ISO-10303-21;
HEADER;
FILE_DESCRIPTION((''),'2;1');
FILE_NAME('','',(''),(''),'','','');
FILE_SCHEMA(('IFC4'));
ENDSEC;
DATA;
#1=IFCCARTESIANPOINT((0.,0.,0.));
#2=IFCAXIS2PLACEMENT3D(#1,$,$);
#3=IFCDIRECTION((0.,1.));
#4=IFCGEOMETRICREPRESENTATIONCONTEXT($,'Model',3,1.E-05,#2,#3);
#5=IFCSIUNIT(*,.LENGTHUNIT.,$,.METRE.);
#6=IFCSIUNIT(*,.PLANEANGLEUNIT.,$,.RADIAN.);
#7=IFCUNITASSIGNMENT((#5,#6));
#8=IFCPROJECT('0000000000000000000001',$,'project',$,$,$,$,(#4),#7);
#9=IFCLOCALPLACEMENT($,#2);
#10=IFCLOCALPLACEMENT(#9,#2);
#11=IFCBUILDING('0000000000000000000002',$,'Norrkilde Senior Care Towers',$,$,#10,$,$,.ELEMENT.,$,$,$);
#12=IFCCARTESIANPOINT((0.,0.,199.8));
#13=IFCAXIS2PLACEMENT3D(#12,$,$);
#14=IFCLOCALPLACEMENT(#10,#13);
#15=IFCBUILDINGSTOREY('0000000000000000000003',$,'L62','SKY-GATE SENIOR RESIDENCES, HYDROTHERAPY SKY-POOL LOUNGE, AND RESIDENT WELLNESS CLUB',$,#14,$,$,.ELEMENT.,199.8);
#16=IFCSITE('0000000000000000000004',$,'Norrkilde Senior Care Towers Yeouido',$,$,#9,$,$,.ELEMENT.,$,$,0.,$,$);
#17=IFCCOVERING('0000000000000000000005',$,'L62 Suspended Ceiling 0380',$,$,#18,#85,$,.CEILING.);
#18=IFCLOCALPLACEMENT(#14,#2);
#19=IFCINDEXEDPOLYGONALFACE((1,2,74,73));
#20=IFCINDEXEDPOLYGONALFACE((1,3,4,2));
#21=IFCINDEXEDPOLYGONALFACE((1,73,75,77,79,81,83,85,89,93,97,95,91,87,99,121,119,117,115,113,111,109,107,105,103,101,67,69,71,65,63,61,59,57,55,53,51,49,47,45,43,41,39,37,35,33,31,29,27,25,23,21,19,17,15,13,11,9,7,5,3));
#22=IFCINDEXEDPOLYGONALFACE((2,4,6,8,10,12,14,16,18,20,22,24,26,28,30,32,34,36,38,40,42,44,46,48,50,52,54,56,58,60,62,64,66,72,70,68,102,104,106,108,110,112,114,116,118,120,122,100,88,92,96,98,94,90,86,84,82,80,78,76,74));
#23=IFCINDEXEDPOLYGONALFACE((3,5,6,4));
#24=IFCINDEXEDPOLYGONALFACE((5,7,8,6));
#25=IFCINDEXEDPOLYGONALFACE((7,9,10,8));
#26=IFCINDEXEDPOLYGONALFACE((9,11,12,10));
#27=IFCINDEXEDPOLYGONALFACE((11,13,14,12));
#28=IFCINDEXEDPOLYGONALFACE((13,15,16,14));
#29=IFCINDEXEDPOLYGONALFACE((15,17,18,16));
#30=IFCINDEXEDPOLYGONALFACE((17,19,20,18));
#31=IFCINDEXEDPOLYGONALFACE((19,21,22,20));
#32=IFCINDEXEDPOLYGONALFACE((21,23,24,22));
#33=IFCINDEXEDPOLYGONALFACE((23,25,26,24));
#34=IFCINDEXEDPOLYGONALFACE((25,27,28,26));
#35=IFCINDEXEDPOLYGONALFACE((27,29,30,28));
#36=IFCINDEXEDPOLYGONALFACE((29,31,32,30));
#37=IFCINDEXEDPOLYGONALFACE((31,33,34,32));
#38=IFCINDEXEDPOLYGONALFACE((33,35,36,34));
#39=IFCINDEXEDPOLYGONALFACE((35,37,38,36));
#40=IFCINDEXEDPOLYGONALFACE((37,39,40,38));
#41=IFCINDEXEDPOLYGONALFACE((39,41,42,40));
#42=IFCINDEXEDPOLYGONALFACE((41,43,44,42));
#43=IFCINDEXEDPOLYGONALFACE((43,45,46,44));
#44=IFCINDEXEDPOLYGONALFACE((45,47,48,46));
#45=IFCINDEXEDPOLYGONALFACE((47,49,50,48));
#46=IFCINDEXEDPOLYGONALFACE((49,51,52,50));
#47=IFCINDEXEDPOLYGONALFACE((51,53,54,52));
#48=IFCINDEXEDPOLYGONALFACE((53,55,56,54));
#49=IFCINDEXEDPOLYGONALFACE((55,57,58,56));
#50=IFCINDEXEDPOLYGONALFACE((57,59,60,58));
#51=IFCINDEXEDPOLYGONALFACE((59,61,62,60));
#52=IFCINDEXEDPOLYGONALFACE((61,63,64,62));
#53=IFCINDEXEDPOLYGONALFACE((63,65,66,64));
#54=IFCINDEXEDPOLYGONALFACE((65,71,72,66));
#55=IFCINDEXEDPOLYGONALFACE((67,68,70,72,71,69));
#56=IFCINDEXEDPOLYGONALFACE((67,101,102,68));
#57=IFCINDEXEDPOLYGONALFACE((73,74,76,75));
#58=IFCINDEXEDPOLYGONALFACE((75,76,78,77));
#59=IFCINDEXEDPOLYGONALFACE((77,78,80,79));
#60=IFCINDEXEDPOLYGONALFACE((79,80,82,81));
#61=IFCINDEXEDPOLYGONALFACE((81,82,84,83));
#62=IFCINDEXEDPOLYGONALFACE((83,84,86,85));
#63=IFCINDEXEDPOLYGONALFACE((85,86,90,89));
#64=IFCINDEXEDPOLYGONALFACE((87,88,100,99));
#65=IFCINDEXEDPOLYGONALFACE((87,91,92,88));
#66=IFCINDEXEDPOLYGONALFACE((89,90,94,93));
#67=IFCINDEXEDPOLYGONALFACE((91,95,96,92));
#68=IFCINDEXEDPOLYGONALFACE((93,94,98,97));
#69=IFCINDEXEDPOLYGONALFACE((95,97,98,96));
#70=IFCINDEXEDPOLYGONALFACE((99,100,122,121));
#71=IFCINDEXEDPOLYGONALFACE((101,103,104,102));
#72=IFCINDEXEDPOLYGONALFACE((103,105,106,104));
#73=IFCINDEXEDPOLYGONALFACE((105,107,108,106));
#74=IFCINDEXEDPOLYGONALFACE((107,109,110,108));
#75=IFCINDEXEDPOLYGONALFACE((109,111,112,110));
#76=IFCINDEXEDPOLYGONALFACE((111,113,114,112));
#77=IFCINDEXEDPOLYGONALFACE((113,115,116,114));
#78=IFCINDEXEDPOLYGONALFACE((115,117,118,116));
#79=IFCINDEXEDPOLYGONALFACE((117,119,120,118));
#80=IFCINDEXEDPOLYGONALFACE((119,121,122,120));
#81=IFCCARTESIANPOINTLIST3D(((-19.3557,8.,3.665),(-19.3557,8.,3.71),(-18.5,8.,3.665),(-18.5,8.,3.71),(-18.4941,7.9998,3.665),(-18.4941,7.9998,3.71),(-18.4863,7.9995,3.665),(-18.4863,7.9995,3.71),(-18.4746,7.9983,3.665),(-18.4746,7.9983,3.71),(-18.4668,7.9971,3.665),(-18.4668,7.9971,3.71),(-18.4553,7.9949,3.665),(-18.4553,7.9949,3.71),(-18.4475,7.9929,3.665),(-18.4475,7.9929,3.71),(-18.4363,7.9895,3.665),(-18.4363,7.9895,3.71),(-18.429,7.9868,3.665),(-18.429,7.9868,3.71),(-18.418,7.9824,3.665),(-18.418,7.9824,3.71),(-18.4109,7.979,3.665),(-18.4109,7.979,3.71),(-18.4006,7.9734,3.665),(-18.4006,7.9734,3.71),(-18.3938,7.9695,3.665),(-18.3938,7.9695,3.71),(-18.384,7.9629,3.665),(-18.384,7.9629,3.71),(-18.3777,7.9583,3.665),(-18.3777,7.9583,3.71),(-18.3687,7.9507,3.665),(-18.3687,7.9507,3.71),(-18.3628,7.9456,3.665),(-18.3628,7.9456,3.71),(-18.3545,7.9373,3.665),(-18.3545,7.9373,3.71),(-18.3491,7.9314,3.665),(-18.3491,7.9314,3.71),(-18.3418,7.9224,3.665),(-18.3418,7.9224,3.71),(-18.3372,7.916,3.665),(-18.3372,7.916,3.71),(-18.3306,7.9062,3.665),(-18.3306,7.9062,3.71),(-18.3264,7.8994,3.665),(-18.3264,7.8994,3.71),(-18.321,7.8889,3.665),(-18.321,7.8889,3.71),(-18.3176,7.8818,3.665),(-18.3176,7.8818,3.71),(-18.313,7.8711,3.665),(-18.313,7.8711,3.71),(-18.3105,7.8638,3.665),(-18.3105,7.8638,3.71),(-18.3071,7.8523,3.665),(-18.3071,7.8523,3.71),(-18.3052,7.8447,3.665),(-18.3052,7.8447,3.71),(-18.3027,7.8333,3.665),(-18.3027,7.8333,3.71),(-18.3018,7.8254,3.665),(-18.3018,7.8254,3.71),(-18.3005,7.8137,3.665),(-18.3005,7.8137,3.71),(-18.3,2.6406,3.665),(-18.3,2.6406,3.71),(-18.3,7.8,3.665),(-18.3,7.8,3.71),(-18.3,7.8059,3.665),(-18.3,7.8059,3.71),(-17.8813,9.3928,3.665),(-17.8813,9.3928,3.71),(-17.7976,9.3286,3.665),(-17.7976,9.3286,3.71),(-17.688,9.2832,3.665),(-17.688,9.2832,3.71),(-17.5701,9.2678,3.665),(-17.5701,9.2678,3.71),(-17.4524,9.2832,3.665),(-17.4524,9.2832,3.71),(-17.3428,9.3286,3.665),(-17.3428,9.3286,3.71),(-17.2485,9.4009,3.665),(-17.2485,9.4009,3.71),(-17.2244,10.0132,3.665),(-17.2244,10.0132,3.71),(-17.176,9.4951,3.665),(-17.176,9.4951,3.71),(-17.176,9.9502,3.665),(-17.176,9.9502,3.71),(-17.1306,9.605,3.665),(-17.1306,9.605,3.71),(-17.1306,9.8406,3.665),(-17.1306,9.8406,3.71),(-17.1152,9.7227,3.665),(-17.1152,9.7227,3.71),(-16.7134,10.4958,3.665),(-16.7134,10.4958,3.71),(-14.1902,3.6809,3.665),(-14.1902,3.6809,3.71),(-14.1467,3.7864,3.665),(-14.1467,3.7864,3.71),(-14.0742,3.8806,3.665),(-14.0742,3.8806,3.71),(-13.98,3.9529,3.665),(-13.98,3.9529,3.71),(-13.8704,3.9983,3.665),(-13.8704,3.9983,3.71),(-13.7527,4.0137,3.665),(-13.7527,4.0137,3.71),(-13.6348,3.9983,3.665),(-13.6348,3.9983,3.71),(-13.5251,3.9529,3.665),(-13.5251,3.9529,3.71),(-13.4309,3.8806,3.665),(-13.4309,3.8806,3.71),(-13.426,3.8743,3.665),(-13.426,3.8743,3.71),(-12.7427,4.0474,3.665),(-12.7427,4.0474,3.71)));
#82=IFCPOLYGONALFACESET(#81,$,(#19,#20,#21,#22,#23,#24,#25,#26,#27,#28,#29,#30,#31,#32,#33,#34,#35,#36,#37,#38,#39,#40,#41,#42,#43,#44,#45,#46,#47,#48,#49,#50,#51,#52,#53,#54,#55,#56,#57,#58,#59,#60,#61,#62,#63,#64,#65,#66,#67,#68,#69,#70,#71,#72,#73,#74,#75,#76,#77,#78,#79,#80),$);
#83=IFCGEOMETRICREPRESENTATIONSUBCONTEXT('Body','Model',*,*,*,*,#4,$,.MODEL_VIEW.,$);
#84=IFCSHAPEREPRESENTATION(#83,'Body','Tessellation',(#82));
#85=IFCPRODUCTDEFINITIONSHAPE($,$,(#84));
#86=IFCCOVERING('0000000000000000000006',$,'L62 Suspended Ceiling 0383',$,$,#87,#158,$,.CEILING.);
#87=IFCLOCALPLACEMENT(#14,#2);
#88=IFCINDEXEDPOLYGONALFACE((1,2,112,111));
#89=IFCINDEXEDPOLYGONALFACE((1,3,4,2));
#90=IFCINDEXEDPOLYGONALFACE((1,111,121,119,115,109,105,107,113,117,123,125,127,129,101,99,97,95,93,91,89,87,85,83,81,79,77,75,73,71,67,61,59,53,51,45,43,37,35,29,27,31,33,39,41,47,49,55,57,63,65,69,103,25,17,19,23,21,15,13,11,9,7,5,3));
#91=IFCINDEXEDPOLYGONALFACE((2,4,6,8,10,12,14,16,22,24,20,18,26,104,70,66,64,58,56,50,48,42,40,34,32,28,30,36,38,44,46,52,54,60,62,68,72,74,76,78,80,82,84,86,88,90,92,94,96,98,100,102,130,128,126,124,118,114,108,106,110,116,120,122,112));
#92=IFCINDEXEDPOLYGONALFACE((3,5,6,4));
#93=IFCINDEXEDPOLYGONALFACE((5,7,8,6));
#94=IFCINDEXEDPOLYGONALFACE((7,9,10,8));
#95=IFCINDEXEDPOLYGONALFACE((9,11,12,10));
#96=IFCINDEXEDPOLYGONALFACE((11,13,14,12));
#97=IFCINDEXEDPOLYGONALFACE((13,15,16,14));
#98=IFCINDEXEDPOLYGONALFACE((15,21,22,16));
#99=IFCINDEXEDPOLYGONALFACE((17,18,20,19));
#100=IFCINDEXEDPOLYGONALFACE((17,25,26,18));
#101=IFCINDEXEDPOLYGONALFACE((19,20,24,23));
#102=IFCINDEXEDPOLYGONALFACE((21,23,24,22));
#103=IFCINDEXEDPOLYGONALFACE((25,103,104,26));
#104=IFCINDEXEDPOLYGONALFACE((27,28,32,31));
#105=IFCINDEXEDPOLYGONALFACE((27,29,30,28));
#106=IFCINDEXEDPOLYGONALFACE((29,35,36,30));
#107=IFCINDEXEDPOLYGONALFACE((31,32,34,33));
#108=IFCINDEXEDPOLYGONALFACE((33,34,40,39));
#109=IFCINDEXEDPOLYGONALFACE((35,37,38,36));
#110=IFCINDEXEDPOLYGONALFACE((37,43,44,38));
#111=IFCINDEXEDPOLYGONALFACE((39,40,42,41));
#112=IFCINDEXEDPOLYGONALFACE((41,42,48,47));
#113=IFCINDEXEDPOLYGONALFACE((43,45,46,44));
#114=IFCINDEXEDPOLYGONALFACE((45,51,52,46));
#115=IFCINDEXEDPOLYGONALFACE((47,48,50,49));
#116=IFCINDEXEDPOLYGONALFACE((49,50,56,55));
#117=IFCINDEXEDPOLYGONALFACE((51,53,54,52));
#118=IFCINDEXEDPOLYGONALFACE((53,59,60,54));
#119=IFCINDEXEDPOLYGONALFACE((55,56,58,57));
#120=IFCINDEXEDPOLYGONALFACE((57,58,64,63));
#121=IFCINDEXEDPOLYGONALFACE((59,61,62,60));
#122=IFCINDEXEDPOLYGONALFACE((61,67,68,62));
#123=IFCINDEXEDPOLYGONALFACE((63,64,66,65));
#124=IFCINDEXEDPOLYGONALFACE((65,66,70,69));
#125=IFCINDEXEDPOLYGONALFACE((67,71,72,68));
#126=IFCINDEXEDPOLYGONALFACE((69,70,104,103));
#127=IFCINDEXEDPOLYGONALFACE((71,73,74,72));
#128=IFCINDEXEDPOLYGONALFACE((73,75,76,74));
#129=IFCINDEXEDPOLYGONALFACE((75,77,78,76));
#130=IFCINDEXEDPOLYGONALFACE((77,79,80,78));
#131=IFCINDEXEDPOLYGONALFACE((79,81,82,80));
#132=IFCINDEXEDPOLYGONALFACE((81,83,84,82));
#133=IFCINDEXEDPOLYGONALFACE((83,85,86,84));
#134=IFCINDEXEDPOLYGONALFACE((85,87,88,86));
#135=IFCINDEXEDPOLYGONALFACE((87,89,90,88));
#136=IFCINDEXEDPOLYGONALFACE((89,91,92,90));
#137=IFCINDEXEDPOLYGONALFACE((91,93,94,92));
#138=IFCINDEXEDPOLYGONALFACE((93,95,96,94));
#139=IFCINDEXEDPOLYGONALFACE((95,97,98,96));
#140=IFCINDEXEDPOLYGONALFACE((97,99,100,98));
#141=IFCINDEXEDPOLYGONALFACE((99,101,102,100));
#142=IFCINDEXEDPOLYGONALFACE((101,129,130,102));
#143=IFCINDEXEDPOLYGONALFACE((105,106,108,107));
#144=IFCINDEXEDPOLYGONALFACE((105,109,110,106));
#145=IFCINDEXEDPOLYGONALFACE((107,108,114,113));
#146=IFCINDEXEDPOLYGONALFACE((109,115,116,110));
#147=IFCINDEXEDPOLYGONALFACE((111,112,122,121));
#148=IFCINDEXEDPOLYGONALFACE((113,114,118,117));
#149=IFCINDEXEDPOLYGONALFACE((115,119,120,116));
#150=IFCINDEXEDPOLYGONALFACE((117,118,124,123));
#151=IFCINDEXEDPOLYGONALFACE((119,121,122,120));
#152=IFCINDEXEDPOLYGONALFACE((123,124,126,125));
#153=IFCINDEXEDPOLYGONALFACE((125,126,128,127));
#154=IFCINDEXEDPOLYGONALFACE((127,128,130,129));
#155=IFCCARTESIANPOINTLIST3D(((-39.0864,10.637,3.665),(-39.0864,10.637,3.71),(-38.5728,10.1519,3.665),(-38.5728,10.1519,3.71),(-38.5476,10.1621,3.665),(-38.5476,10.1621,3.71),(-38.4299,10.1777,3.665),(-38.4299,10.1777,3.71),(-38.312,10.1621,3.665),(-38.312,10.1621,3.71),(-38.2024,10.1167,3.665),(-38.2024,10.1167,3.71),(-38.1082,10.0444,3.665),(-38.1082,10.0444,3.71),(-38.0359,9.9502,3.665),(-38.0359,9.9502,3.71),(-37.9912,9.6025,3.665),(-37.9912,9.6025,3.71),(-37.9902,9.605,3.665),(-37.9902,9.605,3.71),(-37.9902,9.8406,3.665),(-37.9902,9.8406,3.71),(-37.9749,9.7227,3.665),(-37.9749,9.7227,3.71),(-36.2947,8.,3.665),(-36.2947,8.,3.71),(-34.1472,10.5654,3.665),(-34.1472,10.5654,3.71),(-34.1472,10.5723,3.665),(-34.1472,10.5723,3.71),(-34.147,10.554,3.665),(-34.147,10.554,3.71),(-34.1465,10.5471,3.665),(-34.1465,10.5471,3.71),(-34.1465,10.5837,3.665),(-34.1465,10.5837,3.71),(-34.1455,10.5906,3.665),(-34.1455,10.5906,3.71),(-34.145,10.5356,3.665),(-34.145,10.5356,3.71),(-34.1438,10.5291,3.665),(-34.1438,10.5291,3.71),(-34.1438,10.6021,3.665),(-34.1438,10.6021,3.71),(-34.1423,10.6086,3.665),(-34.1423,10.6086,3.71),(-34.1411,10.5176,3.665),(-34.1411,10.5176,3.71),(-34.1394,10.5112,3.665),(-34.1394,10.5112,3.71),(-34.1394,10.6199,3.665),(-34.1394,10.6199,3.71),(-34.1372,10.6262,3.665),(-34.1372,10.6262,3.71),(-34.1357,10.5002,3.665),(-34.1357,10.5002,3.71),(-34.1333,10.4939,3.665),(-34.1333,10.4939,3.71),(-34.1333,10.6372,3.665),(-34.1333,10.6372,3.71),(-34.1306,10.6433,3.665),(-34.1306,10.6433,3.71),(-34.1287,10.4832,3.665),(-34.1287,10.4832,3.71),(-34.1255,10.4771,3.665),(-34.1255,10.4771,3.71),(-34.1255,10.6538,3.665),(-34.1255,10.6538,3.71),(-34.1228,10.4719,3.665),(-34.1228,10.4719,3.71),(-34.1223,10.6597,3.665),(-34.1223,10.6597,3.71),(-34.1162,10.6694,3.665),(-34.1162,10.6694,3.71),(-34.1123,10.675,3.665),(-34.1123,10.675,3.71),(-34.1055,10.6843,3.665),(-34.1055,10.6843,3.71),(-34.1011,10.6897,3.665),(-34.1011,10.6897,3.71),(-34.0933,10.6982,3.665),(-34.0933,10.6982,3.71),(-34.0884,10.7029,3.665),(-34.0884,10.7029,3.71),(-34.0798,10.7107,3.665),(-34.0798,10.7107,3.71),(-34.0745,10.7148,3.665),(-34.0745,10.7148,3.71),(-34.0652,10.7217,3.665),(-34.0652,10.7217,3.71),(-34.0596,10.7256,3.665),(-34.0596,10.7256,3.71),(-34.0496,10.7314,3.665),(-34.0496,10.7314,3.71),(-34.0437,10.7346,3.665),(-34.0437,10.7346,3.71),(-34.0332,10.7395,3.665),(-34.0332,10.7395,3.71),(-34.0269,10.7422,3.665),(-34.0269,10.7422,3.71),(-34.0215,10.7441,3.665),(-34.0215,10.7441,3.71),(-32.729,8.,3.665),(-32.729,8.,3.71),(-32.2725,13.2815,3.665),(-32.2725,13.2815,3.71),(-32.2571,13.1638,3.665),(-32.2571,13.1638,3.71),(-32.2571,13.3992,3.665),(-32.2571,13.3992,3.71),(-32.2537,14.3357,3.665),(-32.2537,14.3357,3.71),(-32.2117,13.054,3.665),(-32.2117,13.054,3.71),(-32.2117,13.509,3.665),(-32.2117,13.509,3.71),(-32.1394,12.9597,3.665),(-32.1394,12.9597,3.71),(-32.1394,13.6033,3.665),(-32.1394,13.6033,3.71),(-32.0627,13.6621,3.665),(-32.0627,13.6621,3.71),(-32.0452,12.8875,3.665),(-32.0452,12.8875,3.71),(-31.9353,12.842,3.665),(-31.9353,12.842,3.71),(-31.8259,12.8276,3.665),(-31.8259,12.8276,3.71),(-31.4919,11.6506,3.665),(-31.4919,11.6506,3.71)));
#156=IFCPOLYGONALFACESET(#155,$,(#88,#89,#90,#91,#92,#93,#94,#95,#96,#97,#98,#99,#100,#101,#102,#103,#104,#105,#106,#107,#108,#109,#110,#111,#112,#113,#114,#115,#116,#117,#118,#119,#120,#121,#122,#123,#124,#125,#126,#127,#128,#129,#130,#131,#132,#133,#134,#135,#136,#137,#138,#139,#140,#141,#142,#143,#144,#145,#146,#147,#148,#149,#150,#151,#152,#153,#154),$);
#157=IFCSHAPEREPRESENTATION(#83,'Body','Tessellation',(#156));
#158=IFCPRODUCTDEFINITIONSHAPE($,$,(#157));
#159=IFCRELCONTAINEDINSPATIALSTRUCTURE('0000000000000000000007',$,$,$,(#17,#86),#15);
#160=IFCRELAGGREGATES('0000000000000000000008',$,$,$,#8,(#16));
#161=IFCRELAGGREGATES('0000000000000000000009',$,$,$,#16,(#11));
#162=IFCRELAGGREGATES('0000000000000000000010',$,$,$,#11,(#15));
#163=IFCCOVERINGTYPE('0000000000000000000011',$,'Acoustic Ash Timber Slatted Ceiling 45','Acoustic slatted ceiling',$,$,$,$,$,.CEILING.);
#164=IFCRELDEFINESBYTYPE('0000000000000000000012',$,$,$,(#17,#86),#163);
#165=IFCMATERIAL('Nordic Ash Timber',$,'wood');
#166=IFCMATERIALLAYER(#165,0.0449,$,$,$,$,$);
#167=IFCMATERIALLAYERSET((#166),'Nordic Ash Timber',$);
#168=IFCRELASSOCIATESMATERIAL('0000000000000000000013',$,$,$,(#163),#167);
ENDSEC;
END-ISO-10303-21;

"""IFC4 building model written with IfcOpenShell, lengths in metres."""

from ifc_helpers import new_model, si_unit, direction, frame, origin, place, context, subcontext, project, spatial, polyline, outline, extrude, material, layer, layer_set, type_object, element, save


model = new_model("IFC4")

# Units and contexts
model_context = context("Model", 3, precision=1e-05, world=origin(), true_north=direction((0.0, 1.0)))
body_context = subcontext(model_context, "Body", "Model", "MODEL_VIEW")
ifc_project = project(units=[si_unit("LENGTHUNIT", "METRE"), si_unit("PLANEANGLEUNIT", "RADIAN")], contexts=[model_context])

# Site, building, storey
site_placement = place(None, origin())
site = spatial("IfcSite", under=ifc_project, at=site_placement, Name="Norrkilde Senior Care Towers Yeouido", CompositionType="ELEMENT", RefElevation=0.0)
building_placement = place(site_placement, origin())
building = spatial("IfcBuilding", under=site, at=building_placement, Name="Norrkilde Senior Care Towers", CompositionType="ELEMENT")
storey_placement = place(building_placement, frame((0.0, 0.0, 199.8)))
storey = spatial("IfcBuildingStorey", under=building, at=storey_placement, Name="L62", Description="SKY-GATE SENIOR RESIDENCES, HYDROTHERAPY SKY-POOL LOUNGE, AND RESIDENT WELLNESS CLUB", CompositionType="ELEMENT", Elevation=199.8)

# Coverings
ifc_material_1 = material(Name="Nordic Ash Timber", Category="wood")
ifc_layer_1 = layer(ifc_material_1, 0.0449)
ifc_layer_set_1 = layer_set([ifc_layer_1], Name="Nordic Ash Timber")
covering_type_1 = type_object("IfcCoveringType", Name="Acoustic Ash Timber Slatted Ceiling 45", Description="Acoustic slatted ceiling", PredefinedType="CEILING", material=ifc_layer_set_1)
covering_1_placement = place(storey_placement, frame((0.0, 0.0, 3.665)))
element("IfcCovering", 1, at=covering_1_placement, inside=storey, type_object=covering_type_1, Name="L62 Suspended Ceiling 0380", PredefinedType="CEILING", context=body_context, shape_type="SweptSolid", body=[
    extrude(outline(polyline([(-18.3027, 7.8333), (-18.3052, 7.8447), (-18.3071, 7.8523), (-18.3105, 7.8638), (-18.313, 7.8711), (-18.3176, 7.8818), (-18.321, 7.8889), (-18.3264, 7.8994), (-18.3306, 7.9062), (-18.3372, 7.916), (-18.3418, 7.9224), (-18.3491, 7.9314), (-18.3545, 7.9373), (-18.3628, 7.9456), (-18.3687, 7.9507), (-18.3777, 7.9583), (-18.384, 7.9629), (-18.3938, 7.9695), (-18.4006, 7.9734), (-18.4109, 7.979), (-18.418, 7.9824), (-18.429, 7.9868), (-18.4363, 7.9895), (-18.4475, 7.9929), (-18.4553, 7.9949), (-18.4668, 7.9971), (-18.4746, 7.9983), (-18.4863, 7.9995), (-18.4941, 7.9998), (-18.5, 8.0), (-19.3557, 8.0), (-17.8813, 9.3928), (-17.7976, 9.3286), (-17.688, 9.2832), (-17.5701, 9.2678), (-17.4524, 9.2832), (-17.3428, 9.3286), (-17.2485, 9.4009), (-17.176, 9.4951), (-17.1306, 9.605), (-17.1152, 9.7227), (-17.1306, 9.8406), (-17.176, 9.9502), (-17.2244, 10.0132), (-16.7134, 10.4958), (-12.7427, 4.0474), (-13.426, 3.8743), (-13.4309, 3.8806), (-13.5251, 3.9529), (-13.6348, 3.9983), (-13.7527, 4.0137), (-13.8704, 3.9983), (-13.98, 3.9529), (-14.0742, 3.8806), (-14.1467, 3.7864), (-14.1902, 3.6809), (-18.3, 2.6406), (-18.3, 7.8), (-18.3, 7.8059), (-18.3005, 7.8137), (-18.3018, 7.8254), (-18.3027, 7.8333)])), origin(), (0.0, 0.0, 1.0), 0.0449),
])
covering_2_placement = place(storey_placement, frame((0.0, 0.0, 3.665)))
element("IfcCovering", 2, at=covering_2_placement, inside=storey, type_object=covering_type_1, Name="L62 Suspended Ceiling 0383", PredefinedType="CEILING", context=body_context, shape_type="SweptSolid", body=[
    extrude(outline(polyline([(-34.0596, 10.7256), (-34.0652, 10.7217), (-34.0745, 10.7148), (-34.0798, 10.7107), (-34.0884, 10.7029), (-34.0933, 10.6982), (-34.1011, 10.6897), (-34.1055, 10.6843), (-34.1123, 10.675), (-34.1162, 10.6694), (-34.1223, 10.6597), (-34.1255, 10.6538), (-34.1306, 10.6433), (-34.1333, 10.6372), (-34.1372, 10.6262), (-34.1394, 10.6199), (-34.1423, 10.6086), (-34.1438, 10.6021), (-34.1455, 10.5906), (-34.1465, 10.5837), (-34.1472, 10.5723), (-34.1472, 10.5654), (-34.147, 10.554), (-34.1465, 10.5471), (-34.145, 10.5356), (-34.1438, 10.5291), (-34.1411, 10.5176), (-34.1394, 10.5112), (-34.1357, 10.5002), (-34.1333, 10.4939), (-34.1287, 10.4832), (-34.1255, 10.4771), (-34.1228, 10.4719), (-32.729, 8.0), (-36.2947, 8.0), (-37.9912, 9.6025), (-37.9902, 9.605), (-37.9749, 9.7227), (-37.9902, 9.8406), (-38.0359, 9.9502), (-38.1082, 10.0444), (-38.2024, 10.1167), (-38.312, 10.1621), (-38.4299, 10.1777), (-38.5476, 10.1621), (-38.5728, 10.1519), (-39.0864, 10.637), (-32.2537, 14.3357), (-32.0627, 13.6621), (-32.1394, 13.6033), (-32.2117, 13.509), (-32.2571, 13.3992), (-32.2725, 13.2815), (-32.2571, 13.1638), (-32.2117, 13.054), (-32.1394, 12.9597), (-32.0452, 12.8875), (-31.9353, 12.842), (-31.8259, 12.8276), (-31.4919, 11.6506), (-34.0215, 10.7441), (-34.0269, 10.7422), (-34.0332, 10.7395), (-34.0437, 10.7346), (-34.0496, 10.7314), (-34.0596, 10.7256)])), origin(), (0.0, 0.0, 1.0), 0.0449),
])

save(model, "model.ifc")
